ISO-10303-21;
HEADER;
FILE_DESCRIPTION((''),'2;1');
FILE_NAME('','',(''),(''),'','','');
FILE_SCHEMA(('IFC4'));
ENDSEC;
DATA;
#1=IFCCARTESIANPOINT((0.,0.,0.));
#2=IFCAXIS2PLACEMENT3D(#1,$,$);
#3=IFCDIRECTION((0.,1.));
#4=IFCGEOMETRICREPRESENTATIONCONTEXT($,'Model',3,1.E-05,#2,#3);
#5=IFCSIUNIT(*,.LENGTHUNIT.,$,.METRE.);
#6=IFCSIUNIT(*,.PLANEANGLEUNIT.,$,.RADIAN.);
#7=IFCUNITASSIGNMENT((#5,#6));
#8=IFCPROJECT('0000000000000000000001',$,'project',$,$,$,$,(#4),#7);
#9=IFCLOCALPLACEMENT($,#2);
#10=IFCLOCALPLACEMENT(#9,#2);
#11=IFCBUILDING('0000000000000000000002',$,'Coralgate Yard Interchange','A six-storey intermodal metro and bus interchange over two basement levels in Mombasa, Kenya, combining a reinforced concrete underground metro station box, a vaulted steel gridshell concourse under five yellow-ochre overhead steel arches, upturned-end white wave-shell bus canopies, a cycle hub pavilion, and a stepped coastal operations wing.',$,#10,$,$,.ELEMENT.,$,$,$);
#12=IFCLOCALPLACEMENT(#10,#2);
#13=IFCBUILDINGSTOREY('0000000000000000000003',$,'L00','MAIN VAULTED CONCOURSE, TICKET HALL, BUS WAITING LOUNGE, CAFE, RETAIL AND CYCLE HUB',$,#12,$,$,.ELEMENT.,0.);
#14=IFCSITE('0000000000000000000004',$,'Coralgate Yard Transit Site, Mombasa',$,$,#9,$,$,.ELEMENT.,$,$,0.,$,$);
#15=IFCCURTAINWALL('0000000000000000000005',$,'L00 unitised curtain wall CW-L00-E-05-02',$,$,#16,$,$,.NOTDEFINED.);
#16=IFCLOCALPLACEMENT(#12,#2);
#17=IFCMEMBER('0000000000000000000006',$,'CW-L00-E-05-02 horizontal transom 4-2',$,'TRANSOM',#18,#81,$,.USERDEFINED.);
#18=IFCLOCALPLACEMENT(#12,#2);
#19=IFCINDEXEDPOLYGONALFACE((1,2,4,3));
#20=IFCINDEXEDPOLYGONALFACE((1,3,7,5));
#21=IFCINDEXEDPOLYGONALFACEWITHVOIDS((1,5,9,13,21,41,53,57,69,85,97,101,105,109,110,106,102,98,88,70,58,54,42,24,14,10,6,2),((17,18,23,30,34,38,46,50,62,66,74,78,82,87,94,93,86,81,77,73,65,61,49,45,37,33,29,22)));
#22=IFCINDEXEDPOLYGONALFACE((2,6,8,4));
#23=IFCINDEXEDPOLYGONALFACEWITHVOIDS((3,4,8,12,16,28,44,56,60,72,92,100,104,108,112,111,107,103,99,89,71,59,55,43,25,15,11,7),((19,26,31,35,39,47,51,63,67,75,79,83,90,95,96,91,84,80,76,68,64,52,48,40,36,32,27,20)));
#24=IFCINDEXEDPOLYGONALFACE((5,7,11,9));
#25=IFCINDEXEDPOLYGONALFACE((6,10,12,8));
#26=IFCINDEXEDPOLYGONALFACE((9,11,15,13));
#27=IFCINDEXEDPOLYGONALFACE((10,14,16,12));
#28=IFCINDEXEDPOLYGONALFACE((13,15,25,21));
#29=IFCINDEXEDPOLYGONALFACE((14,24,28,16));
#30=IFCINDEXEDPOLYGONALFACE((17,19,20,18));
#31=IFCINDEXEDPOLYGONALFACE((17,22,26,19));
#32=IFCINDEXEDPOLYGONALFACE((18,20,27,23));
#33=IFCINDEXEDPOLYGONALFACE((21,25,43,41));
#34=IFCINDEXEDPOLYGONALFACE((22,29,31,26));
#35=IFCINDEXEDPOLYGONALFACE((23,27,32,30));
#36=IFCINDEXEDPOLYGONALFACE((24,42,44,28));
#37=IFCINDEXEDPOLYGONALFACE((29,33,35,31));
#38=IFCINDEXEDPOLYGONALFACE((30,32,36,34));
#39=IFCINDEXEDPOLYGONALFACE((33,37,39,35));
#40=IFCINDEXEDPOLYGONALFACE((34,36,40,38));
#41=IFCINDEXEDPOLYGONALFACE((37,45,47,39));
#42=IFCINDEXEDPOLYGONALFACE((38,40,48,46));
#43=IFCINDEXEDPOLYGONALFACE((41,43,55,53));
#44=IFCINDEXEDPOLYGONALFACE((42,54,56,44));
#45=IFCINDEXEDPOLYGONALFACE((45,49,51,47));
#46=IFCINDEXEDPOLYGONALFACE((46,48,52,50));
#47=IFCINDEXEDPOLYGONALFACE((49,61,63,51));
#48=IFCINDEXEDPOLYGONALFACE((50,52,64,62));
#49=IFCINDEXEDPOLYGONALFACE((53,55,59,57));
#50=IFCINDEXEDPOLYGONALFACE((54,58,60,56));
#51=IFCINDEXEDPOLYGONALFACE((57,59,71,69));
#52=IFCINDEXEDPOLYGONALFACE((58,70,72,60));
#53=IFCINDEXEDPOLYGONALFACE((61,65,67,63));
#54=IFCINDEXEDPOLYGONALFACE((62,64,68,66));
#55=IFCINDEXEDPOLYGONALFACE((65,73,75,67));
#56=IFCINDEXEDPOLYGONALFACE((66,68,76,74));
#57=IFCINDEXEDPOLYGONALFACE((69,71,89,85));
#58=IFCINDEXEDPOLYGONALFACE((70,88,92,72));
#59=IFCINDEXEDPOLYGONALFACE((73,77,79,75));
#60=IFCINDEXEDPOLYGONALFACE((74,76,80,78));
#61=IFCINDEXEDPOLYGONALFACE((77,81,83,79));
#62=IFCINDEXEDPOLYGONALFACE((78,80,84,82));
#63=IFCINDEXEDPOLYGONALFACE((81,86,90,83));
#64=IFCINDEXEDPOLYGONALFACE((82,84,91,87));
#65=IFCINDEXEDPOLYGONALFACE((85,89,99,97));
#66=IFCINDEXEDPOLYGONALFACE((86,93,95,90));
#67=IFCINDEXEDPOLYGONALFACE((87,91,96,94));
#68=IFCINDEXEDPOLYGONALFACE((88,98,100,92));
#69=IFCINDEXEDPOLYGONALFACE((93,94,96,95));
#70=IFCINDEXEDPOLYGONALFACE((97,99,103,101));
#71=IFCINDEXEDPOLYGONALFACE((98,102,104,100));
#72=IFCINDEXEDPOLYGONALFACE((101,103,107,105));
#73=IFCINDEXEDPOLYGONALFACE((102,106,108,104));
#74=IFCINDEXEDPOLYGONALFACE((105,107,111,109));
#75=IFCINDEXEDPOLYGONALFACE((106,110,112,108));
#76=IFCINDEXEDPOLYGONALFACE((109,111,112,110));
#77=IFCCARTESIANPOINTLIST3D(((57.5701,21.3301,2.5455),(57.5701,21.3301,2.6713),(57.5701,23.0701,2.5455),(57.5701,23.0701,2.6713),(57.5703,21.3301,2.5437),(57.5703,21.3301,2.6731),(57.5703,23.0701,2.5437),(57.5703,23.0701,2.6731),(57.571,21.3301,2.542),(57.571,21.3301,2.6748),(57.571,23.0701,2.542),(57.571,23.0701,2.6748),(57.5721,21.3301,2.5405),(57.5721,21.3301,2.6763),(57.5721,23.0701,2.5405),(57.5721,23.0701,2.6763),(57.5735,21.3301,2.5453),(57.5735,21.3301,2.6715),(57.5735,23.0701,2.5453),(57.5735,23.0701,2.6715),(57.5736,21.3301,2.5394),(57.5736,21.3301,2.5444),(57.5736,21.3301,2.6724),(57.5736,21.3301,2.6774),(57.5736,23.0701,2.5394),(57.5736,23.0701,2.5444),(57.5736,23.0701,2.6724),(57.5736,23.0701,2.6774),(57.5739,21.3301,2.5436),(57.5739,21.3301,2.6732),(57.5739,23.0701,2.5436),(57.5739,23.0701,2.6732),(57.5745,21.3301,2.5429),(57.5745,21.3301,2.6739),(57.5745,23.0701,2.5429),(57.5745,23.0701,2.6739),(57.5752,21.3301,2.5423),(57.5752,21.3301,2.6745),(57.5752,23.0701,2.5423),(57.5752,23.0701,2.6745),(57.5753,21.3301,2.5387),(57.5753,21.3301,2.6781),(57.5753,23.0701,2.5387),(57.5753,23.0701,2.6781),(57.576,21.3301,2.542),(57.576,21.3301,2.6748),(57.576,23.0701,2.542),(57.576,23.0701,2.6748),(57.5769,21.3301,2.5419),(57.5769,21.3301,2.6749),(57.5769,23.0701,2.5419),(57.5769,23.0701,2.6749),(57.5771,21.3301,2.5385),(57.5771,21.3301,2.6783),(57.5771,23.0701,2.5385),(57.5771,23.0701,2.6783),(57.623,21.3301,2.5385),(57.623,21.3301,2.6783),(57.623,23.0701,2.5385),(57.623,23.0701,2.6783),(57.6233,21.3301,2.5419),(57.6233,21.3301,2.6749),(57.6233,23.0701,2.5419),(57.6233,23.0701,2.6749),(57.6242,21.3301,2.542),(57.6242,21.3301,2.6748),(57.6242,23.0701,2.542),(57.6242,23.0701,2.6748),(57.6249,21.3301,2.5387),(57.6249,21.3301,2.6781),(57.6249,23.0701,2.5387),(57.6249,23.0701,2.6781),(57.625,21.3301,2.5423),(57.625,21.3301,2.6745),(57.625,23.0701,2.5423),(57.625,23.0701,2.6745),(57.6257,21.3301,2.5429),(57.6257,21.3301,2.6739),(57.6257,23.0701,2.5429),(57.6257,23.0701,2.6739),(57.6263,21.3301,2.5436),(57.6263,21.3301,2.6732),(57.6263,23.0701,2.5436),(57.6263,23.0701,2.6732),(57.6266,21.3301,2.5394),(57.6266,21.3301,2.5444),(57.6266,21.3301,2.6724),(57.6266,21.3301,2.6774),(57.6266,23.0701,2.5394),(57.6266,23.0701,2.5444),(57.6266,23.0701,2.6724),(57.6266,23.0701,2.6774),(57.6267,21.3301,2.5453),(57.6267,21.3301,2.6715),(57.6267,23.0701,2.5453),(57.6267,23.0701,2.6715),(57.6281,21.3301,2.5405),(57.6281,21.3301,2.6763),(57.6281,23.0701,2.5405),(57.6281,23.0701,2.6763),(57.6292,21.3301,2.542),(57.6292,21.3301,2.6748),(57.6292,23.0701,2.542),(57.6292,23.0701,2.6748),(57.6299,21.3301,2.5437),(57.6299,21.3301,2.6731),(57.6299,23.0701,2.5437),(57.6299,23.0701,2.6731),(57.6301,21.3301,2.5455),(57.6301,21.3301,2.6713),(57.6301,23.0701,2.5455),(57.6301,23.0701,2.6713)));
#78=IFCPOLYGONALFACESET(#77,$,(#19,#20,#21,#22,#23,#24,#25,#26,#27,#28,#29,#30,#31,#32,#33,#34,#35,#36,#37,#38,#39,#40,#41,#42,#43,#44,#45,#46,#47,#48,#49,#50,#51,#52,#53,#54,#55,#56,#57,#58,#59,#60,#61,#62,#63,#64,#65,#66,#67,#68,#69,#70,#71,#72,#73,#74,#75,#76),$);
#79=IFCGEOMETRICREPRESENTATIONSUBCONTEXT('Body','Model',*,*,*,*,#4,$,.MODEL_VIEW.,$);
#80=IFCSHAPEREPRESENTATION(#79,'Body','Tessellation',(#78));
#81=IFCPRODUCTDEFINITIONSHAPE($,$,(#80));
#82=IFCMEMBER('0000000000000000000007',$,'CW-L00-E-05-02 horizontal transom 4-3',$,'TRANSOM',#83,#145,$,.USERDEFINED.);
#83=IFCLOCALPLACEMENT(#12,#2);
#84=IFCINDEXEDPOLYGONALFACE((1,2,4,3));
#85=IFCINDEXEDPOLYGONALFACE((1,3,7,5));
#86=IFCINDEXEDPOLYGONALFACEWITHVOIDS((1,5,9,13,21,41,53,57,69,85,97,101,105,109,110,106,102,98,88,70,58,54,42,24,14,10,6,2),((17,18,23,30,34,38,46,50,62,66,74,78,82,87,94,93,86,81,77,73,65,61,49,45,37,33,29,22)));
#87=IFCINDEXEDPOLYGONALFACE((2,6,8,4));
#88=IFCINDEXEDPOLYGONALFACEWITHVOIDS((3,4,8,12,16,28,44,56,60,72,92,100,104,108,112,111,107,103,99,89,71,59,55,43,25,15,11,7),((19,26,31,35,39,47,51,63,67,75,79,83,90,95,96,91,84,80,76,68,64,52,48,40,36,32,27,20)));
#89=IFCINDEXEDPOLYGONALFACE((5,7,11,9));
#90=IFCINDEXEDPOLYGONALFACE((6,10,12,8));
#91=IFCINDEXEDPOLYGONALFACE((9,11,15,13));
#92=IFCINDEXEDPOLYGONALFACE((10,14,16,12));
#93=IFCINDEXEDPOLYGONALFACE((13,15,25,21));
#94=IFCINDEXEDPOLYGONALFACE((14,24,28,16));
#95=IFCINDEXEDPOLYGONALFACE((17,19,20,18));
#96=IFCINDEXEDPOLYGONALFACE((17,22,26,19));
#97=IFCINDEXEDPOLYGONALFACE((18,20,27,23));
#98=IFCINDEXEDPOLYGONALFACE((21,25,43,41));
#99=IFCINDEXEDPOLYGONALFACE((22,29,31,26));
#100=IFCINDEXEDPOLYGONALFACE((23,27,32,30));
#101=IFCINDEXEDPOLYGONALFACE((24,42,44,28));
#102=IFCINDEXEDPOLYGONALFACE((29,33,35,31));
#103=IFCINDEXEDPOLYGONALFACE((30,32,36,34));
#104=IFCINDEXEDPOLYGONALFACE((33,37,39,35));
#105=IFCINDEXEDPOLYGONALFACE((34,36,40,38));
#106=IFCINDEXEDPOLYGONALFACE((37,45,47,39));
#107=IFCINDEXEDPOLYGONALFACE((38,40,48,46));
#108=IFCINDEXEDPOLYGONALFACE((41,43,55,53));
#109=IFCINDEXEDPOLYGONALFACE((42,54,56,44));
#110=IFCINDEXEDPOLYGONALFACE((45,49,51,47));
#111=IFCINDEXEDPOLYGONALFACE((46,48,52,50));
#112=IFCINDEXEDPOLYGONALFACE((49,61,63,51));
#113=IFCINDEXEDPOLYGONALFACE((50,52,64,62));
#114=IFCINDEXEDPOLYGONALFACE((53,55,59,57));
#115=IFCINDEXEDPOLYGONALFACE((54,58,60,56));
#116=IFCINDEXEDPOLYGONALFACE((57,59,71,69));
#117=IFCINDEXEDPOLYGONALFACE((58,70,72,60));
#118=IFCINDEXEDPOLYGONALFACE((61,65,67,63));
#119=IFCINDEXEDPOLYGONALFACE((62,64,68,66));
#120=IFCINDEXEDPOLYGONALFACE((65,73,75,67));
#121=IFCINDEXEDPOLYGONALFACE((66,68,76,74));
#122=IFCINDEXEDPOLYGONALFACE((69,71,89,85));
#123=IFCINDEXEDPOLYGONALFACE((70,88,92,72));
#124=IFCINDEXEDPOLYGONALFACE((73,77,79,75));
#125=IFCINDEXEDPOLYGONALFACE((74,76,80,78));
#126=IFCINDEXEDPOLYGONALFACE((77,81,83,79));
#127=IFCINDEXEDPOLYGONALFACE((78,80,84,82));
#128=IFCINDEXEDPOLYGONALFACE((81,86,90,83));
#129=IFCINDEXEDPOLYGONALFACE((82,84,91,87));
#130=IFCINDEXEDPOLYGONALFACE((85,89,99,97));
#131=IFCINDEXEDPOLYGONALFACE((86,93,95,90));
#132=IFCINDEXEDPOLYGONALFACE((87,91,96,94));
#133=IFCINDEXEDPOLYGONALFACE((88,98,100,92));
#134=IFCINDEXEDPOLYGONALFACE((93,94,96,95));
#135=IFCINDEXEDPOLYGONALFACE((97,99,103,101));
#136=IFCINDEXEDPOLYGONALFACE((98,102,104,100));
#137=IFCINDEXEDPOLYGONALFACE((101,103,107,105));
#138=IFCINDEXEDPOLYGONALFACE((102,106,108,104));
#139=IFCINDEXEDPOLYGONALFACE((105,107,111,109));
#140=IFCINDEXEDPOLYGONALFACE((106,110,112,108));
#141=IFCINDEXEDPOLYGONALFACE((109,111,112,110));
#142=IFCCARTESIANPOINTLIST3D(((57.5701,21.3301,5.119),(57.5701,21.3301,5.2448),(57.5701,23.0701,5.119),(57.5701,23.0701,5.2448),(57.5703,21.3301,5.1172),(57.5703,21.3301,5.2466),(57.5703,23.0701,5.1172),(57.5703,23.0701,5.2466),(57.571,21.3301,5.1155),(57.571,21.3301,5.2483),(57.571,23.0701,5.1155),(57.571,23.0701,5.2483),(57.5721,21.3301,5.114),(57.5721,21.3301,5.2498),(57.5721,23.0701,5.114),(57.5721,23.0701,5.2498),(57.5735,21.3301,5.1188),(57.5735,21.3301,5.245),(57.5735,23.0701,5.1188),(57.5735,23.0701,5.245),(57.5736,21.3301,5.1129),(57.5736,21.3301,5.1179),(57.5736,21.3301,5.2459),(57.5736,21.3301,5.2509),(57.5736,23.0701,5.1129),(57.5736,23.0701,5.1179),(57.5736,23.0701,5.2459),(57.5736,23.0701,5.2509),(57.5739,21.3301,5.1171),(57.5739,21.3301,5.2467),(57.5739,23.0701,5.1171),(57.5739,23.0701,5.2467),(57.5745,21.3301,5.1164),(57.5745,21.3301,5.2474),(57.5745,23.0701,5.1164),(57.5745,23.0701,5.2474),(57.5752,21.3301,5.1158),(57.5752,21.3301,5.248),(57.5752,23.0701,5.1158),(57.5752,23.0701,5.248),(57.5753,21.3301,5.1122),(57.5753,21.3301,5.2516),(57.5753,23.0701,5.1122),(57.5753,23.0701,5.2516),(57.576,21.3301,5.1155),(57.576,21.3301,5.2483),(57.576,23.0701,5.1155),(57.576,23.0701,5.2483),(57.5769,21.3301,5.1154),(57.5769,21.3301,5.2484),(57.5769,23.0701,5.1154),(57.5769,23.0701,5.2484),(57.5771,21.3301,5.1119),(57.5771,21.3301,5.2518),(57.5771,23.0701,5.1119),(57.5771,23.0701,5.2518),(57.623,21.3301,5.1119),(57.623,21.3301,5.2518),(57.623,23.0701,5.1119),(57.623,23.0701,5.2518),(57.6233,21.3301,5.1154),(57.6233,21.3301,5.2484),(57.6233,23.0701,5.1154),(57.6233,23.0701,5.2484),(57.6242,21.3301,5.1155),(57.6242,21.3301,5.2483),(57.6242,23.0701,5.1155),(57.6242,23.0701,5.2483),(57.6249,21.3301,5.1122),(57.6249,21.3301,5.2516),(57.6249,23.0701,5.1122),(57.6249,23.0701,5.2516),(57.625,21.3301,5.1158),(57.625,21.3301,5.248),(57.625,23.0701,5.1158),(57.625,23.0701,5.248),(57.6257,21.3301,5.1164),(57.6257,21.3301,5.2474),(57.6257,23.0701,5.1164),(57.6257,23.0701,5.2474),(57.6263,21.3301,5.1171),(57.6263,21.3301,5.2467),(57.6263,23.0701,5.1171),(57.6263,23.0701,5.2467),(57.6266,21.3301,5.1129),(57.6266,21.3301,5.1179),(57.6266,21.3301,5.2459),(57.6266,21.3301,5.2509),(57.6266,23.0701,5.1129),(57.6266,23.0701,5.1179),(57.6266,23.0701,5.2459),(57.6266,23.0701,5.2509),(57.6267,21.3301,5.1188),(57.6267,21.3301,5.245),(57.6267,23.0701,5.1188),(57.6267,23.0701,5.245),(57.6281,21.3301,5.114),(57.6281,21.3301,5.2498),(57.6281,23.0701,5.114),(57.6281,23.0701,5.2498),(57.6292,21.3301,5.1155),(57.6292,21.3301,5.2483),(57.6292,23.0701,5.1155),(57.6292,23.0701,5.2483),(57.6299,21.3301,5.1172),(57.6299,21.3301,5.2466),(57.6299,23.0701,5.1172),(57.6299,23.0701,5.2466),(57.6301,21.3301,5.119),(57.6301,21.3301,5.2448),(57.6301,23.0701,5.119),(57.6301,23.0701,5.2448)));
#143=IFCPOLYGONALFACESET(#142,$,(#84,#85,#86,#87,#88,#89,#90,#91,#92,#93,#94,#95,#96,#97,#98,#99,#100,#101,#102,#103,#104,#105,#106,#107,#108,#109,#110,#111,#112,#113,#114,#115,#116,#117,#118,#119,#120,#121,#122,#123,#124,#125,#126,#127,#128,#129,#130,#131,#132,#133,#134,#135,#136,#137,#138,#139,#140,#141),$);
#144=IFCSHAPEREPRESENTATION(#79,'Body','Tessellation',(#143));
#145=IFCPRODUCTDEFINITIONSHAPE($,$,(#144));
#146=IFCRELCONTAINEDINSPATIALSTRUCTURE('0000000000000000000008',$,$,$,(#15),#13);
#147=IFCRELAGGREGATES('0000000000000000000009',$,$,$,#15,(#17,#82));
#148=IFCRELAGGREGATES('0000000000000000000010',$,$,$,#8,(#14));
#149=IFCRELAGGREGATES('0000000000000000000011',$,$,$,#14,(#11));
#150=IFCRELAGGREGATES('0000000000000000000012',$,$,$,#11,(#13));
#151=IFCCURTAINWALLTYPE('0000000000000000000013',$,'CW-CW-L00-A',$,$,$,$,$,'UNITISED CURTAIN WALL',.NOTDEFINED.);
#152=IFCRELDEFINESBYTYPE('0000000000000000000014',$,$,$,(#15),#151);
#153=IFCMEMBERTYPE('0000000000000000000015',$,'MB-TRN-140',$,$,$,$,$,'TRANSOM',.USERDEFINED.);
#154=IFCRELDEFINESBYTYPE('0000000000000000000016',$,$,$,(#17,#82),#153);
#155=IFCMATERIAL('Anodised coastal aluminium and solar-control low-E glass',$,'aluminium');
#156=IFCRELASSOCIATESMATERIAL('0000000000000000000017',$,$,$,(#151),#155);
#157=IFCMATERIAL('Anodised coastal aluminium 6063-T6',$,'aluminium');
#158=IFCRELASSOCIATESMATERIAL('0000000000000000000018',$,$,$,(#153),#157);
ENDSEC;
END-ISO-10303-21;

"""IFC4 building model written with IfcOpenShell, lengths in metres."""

from ifc_helpers import new_model, si_unit, direction, frame, origin, origin_2d, place, context, subcontext, project, spatial, hollow_rectangle, extrude, material, material_profile, profile_set, type_object, element, aggregate, save


model = new_model("IFC4")

# Units and contexts
model_context = context("Model", 3, precision=1e-05, world=origin(), true_north=direction((0.0, 1.0)))
body_context = subcontext(model_context, "Body", "Model", "MODEL_VIEW")
ifc_project = project(units=[si_unit("LENGTHUNIT", "METRE"), si_unit("PLANEANGLEUNIT", "RADIAN")], contexts=[model_context])

# Site, building, storey
site_placement = place(None, origin())
site = spatial("IfcSite", under=ifc_project, at=site_placement, Name="Coralgate Yard Transit Site, Mombasa", CompositionType="ELEMENT", RefElevation=0.0)
building_placement = place(site_placement, origin())
building = spatial("IfcBuilding", under=site, at=building_placement, Name="Coralgate Yard Interchange", Description="A six-storey intermodal metro and bus interchange over two basement levels in Mombasa, Kenya, combining a reinforced concrete underground metro station box, a vaulted steel gridshell concourse under five yellow-ochre overhead steel arches, upturned-end white wave-shell bus canopies, a cycle hub pavilion, and a stepped coastal operations wing.", CompositionType="ELEMENT")
storey_placement = place(building_placement, origin())
storey = spatial("IfcBuildingStorey", under=building, at=storey_placement, Name="L00", Description="MAIN VAULTED CONCOURSE, TICKET HALL, BUS WAITING LOUNGE, CAFE, RETAIL AND CYCLE HUB", CompositionType="ELEMENT", Elevation=0.0)

# Shared definitions
ifc_material_1 = material(Name="Anodised coastal aluminium and solar-control low-E glass", Category="aluminium")
ifc_material_2 = material(Name="Anodised coastal aluminium 6063-T6", Category="aluminium")

# Curtain wall, members
curtain_wall_type_1 = type_object("IfcCurtainWallType", Name="CW-CW-L00-A", ElementType="UNITISED CURTAIN WALL", PredefinedType="NOTDEFINED", material=ifc_material_1)
curtain_wall_1_placement = place(storey_placement, origin())
curtain_wall_1 = element("IfcCurtainWall", 1, at=curtain_wall_1_placement, inside=storey, type_object=curtain_wall_type_1, Name="L00 unitised curtain wall CW-L00-E-05-02", PredefinedType="NOTDEFINED")
ifc_material_profile_1 = material_profile(ifc_material_2, hollow_rectangle(XDim=0.0601, YDim=0.1399, WallThickness=0.0034, InnerFilletRadius=0.0034, OuterFilletRadius=0.0071, at=origin_2d()), Name="ALU 60x140x3.5")
ifc_profile_set_1 = profile_set([ifc_material_profile_1], Name="Anodised coastal aluminium 6063-T6")
member_type_1 = type_object("IfcMemberType", Name="MB-TRN-140", ElementType="TRANSOM", PredefinedType="USERDEFINED", material=ifc_profile_set_1)
member_1_placement = place(storey_placement, frame((57.6001, 23.0701, 2.6084), z_axis=(0.0, -1.0, 0.0), x_axis=(1.0, 0.0, 0.0)))
member_1 = element("IfcMember", 2, at=member_1_placement, type_object=member_type_1, Name="CW-L00-E-05-02 horizontal transom 4-2", ObjectType="TRANSOM", PredefinedType="USERDEFINED", context=body_context, shape_type="SweptSolid", body=[
    extrude(hollow_rectangle(XDim=0.0601, YDim=0.1399, WallThickness=0.0034, InnerFilletRadius=0.0034, OuterFilletRadius=0.0071, at=origin_2d()), origin(), (0.0, 0.0, 1.0), 1.74),
])
member_2_placement = place(storey_placement, frame((57.6001, 23.0701, 5.1819), z_axis=(0.0, -1.0, 0.0), x_axis=(1.0, 0.0, 0.0)))
member_2 = element("IfcMember", 3, at=member_2_placement, type_object=member_type_1, Name="CW-L00-E-05-02 horizontal transom 4-3", ObjectType="TRANSOM", PredefinedType="USERDEFINED", context=body_context, shape_type="SweptSolid", body=[
    extrude(hollow_rectangle(XDim=0.0601, YDim=0.1399, WallThickness=0.0034, InnerFilletRadius=0.0034, OuterFilletRadius=0.0071, at=origin_2d()), origin(), (0.0, 0.0, 1.0), 1.74),
])
aggregate(curtain_wall_1, [member_1, member_2])

save(model, "model.ifc")
